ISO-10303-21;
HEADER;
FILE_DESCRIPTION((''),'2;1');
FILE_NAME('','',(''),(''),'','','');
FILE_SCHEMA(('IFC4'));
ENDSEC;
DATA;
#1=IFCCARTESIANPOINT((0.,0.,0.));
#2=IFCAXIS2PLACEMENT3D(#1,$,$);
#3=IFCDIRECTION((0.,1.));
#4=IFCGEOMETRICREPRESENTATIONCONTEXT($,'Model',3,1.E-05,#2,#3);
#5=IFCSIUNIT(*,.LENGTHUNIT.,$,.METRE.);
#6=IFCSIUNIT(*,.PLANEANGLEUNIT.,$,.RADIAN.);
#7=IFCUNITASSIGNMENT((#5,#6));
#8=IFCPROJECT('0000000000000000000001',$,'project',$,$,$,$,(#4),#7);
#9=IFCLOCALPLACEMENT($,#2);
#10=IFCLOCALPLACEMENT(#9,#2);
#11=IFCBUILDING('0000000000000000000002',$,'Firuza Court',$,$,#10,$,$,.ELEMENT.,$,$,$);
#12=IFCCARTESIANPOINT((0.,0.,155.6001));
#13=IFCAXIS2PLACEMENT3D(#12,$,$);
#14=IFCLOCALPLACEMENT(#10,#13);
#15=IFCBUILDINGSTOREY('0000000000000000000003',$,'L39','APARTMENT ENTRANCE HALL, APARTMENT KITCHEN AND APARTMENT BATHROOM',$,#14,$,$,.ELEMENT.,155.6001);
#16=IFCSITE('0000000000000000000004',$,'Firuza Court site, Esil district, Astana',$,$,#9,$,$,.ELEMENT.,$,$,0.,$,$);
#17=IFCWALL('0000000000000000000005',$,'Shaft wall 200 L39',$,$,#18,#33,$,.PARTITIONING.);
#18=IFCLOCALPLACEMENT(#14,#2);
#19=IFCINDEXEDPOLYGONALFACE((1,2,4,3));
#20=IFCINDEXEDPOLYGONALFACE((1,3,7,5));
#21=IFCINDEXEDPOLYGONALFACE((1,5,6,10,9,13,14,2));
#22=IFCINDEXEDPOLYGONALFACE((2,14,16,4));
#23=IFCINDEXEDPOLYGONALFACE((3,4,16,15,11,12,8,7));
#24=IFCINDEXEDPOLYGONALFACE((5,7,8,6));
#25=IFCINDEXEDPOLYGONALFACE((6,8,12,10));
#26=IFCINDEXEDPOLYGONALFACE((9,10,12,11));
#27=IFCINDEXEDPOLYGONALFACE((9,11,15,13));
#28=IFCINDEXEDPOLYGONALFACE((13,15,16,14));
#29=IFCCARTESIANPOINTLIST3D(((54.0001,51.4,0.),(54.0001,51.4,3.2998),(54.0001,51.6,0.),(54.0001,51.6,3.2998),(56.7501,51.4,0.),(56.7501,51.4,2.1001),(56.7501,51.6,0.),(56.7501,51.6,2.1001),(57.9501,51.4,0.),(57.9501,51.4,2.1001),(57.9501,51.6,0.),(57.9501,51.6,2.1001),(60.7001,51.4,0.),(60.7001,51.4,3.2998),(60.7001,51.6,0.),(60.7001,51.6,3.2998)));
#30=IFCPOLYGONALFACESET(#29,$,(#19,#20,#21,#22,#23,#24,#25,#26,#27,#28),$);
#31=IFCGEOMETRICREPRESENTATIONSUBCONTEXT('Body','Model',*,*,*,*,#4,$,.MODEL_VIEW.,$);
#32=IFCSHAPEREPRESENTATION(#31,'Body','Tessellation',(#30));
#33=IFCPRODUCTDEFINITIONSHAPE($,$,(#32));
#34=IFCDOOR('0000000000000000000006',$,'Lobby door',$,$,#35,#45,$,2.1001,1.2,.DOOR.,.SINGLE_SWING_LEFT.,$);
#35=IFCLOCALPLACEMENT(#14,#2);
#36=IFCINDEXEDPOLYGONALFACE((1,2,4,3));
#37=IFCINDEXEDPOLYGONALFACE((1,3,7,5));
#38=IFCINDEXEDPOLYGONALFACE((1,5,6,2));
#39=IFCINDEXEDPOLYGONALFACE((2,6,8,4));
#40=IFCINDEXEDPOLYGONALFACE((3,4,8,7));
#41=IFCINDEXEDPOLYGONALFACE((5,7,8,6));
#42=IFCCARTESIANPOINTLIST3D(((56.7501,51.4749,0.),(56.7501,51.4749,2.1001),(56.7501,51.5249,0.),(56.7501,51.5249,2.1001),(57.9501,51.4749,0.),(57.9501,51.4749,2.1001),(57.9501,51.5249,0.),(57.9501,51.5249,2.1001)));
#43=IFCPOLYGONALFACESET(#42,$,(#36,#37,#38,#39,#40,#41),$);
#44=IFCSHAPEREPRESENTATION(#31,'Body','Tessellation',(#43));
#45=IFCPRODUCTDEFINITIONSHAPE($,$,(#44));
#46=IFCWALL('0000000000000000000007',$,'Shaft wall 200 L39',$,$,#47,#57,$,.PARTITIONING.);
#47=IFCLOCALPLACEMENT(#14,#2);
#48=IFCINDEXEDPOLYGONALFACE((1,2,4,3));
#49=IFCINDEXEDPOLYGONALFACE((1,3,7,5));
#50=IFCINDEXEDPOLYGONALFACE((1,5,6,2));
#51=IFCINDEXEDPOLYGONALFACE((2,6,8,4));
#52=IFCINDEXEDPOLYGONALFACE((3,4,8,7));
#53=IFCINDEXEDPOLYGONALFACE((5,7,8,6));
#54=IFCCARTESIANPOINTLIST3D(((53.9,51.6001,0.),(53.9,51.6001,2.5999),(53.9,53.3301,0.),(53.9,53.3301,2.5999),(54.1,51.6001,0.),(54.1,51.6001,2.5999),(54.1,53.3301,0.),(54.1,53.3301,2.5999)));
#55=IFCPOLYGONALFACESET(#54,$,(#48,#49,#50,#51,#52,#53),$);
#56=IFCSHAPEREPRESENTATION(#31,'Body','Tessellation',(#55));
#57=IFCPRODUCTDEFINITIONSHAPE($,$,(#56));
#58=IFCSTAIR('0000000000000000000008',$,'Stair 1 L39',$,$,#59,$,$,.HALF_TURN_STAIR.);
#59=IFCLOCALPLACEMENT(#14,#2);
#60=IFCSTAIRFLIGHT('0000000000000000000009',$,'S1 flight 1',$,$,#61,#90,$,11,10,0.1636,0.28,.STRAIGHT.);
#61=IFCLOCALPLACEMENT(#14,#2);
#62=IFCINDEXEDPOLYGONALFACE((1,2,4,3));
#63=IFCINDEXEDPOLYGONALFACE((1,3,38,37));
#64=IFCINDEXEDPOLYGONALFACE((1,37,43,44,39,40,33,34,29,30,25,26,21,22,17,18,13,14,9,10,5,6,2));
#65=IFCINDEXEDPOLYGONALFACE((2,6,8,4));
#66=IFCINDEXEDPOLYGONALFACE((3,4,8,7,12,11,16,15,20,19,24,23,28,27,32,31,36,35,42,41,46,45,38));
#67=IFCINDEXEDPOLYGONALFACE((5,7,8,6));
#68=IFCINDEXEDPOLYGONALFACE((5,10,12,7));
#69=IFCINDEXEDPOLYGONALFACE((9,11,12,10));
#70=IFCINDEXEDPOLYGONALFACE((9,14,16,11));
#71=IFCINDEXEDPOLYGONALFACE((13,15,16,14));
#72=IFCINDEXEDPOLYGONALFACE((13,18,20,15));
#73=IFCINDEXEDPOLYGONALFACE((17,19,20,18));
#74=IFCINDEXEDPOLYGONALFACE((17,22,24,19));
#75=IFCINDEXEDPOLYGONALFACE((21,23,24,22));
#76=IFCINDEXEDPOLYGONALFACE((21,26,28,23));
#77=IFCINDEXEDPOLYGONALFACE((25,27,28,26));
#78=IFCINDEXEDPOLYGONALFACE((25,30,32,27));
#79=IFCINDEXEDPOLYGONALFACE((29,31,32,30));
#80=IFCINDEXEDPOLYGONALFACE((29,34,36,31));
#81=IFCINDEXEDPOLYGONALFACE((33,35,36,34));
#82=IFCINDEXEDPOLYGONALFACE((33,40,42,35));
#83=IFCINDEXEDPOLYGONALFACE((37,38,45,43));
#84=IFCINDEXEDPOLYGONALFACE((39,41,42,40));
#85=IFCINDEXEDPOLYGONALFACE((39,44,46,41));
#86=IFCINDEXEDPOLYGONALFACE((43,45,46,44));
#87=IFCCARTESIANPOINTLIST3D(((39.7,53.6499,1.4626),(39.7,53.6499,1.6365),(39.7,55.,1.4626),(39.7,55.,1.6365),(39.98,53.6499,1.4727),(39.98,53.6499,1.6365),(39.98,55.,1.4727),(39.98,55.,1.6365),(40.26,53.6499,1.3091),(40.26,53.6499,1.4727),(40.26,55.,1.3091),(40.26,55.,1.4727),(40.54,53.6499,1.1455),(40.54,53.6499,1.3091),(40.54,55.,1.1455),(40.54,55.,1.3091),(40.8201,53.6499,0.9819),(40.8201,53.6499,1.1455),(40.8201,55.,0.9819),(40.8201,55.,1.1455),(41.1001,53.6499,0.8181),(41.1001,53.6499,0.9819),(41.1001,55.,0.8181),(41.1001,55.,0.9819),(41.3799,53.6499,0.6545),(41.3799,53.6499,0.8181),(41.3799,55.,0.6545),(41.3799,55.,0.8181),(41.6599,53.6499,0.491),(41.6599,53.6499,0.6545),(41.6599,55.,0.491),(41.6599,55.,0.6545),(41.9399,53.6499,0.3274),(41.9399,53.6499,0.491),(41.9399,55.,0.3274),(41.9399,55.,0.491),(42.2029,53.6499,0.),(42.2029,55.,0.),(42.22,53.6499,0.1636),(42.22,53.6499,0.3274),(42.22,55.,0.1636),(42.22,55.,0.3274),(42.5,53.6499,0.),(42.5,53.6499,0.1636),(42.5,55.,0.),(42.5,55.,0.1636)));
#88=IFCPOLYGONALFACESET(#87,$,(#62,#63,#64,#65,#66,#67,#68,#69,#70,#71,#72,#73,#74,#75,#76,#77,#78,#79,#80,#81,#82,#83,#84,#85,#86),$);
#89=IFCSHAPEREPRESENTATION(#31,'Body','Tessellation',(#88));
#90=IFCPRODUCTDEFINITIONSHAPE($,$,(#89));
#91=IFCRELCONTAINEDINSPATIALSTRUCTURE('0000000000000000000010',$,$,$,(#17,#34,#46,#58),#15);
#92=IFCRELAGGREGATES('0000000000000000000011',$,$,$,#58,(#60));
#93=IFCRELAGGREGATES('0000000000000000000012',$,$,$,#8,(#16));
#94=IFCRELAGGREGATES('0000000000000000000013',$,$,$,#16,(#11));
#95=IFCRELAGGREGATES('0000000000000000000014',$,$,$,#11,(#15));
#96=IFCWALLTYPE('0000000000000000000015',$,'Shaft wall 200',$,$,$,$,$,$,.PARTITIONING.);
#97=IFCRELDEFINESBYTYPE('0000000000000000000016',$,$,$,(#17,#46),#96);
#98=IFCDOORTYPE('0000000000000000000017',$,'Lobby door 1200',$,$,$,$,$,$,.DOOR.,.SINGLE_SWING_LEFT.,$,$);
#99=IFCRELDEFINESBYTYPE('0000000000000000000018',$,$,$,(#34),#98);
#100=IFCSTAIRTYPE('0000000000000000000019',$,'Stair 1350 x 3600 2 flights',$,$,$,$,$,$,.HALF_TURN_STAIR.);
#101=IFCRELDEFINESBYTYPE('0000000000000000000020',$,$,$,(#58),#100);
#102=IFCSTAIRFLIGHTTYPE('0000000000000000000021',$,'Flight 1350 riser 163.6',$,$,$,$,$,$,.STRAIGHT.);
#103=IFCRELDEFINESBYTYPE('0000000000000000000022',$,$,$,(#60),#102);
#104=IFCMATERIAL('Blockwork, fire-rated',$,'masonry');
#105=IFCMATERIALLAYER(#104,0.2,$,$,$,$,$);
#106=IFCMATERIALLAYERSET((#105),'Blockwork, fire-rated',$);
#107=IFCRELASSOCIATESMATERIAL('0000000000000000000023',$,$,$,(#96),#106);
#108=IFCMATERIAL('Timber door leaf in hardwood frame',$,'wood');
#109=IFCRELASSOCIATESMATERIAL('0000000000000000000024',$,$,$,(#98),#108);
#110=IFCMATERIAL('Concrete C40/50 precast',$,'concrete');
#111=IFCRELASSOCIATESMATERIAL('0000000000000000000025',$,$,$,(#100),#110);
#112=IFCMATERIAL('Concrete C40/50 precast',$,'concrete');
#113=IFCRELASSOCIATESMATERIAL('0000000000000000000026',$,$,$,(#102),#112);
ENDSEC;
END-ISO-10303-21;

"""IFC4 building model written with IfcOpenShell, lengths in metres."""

from ifc_helpers import new_model, si_unit, direction, frame, frame_2d, origin, place, context, subcontext, project, spatial, polyline, rectangle, outline, extrude, material, layer, layer_set, type_object, element, fill, aggregate, save


model = new_model("IFC4")

# Units and contexts
model_context = context("Model", 3, precision=1e-05, world=origin(), true_north=direction((0.0, 1.0)))
body_context = subcontext(model_context, "Body", "Model", "MODEL_VIEW")
ifc_project = project(units=[si_unit("LENGTHUNIT", "METRE"), si_unit("PLANEANGLEUNIT", "RADIAN")], contexts=[model_context])

# Site, building, storey
site_placement = place(None, origin())
site = spatial("IfcSite", under=ifc_project, at=site_placement, Name="Firuza Court site, Esil district, Astana", CompositionType="ELEMENT", RefElevation=0.0)
building_placement = place(site_placement, origin())
building = spatial("IfcBuilding", under=site, at=building_placement, Name="Firuza Court", CompositionType="ELEMENT")
storey_placement = place(building_placement, frame((0.0, 0.0, 155.6001)))
storey = spatial("IfcBuildingStorey", under=building, at=storey_placement, Name="L39", Description="APARTMENT ENTRANCE HALL, APARTMENT KITCHEN AND APARTMENT BATHROOM", CompositionType="ELEMENT", Elevation=155.6001)

# Shared definitions
ifc_material_1 = material(Name="Blockwork, fire-rated", Category="masonry")
ifc_layer_1 = layer(ifc_material_1, 0.2)
ifc_layer_set_1 = layer_set([ifc_layer_1], Name="Blockwork, fire-rated")
wall_type_1 = type_object("IfcWallType", Name="Shaft wall 200", PredefinedType="PARTITIONING", material=ifc_layer_set_1)

# Wall, opening, door
wall_1_placement = place(storey_placement, frame((54.0, 51.5, 0.0), z_axis=(0.0, 0.0, 1.0), x_axis=(1.0, 0.0, 0.0)))
wall_1 = element("IfcWall", 1, at=wall_1_placement, inside=storey, type_object=wall_type_1, Name="Shaft wall 200 L39", PredefinedType="PARTITIONING", context=body_context, shape_type="SweptSolid", body=[
    extrude(rectangle(XDim=6.7, YDim=0.2, at=frame_2d((3.3501, 0.0))), origin(), (0.0, 0.0, 1.0), 3.2998),
])
opening_1_placement = place(wall_1_placement, frame((2.75, 0.0, 0.0)))
opening_1 = element("IfcOpeningElement", 2, at=opening_1_placement, cuts=wall_1, PredefinedType="OPENING", context=body_context, shape_type="SweptSolid", body=[
    extrude(rectangle(XDim=1.2, YDim=2.1001, at=frame_2d((0.6001, 1.05))), frame((0.0, 0.1118, 0.0), z_axis=(0.0, -1.0, 0.0), x_axis=(1.0, 0.0, 0.0)), (0.0, 0.0, 1.0), 0.2239),
])
ifc_material_2 = material(Name="Timber door leaf in hardwood frame", Category="wood")
door_type_1 = type_object("IfcDoorType", Name="Lobby door 1200", OperationType="SINGLE_SWING_LEFT", PredefinedType="DOOR", material=ifc_material_2)
door_1_placement = place(opening_1_placement, origin())
door_1 = element("IfcDoor", 3, at=door_1_placement, inside=storey, type_object=door_type_1, Name="Lobby door", OperationType="SINGLE_SWING_LEFT", OverallHeight=2.1001, OverallWidth=1.2, PredefinedType="DOOR", context=body_context, shape_type="SweptSolid", body=[
    extrude(rectangle(XDim=1.2, YDim=2.1001, at=frame_2d((0.6001, 1.05))), frame((0.0, 0.0249, 0.0), z_axis=(0.0, -1.0, 0.0), x_axis=(1.0, 0.0, 0.0)), (0.0, 0.0, 1.0), 0.05),
])
fill(opening_1, door_1)

# Wall
wall_2_placement = place(storey_placement, frame((54.0, 51.6001, 0.0), z_axis=(0.0, 0.0, 1.0), x_axis=(0.0, 1.0, 0.0)))
element("IfcWall", 4, at=wall_2_placement, inside=storey, type_object=wall_type_1, Name="Shaft wall 200 L39", PredefinedType="PARTITIONING", context=body_context, shape_type="SweptSolid", body=[
    extrude(rectangle(XDim=1.73, YDim=0.2, at=frame_2d((0.865, 0.0))), origin(), (0.0, 0.0, 1.0), 2.5999),
])

# Stair, stair flight
ifc_material_3 = material(Name="Concrete C40/50 precast", Category="concrete")
stair_type = type_object("IfcStairType", Name="Stair 1350 x 3600 2 flights", PredefinedType="HALF_TURN_STAIR", material=ifc_material_3)
stair_placement = place(storey_placement, origin())
stair = element("IfcStair", 5, at=stair_placement, inside=storey, type_object=stair_type, Name="Stair 1 L39", PredefinedType="HALF_TURN_STAIR")
ifc_material_4 = material(Name="Concrete C40/50 precast", Category="concrete")
stair_flight_type = type_object("IfcStairFlightType", Name="Flight 1350 riser 163.6", PredefinedType="STRAIGHT", material=ifc_material_4)
stair_flight_placement = place(storey_placement, frame((42.5, 54.325, 0.0), z_axis=(0.0, 0.0, 1.0), x_axis=(-1.0, 0.0, 0.0)))
stair_flight = element("IfcStairFlight", 6, at=stair_flight_placement, type_object=stair_flight_type, Name="S1 flight 1", NumberOfRisers=11, NumberOfTreads=10, PredefinedType="STRAIGHT", RiserHeight=0.1636, TreadLength=0.28, context=body_context, shape_type="SweptSolid", body=[
    extrude(outline(polyline([(0.0, 0.0), (0.0, 0.1636), (0.28, 0.1636), (0.28, 0.3274), (0.5601, 0.3274), (0.5601, 0.491), (0.8401, 0.491), (0.8401, 0.6545), (1.1201, 0.6545), (1.1201, 0.8181), (1.3999, 0.8181), (1.3999, 0.9819), (1.6799, 0.9819), (1.6799, 1.1455), (1.96, 1.1455), (1.96, 1.3091), (2.24, 1.3091), (2.24, 1.4727), (2.52, 1.4727), (2.52, 1.6365), (2.8, 1.6365), (2.8, 1.8), (2.8, 1.4626), (0.2971, 0.0), (0.0, 0.0)])), frame((0.0, 0.675, 0.0), z_axis=(0.0, -1.0, 0.0), x_axis=(1.0, 0.0, 0.0)), (0.0, 0.0, 1.0), 1.3501),
])
aggregate(stair, [stair_flight])

save(model, "model.ifc")
